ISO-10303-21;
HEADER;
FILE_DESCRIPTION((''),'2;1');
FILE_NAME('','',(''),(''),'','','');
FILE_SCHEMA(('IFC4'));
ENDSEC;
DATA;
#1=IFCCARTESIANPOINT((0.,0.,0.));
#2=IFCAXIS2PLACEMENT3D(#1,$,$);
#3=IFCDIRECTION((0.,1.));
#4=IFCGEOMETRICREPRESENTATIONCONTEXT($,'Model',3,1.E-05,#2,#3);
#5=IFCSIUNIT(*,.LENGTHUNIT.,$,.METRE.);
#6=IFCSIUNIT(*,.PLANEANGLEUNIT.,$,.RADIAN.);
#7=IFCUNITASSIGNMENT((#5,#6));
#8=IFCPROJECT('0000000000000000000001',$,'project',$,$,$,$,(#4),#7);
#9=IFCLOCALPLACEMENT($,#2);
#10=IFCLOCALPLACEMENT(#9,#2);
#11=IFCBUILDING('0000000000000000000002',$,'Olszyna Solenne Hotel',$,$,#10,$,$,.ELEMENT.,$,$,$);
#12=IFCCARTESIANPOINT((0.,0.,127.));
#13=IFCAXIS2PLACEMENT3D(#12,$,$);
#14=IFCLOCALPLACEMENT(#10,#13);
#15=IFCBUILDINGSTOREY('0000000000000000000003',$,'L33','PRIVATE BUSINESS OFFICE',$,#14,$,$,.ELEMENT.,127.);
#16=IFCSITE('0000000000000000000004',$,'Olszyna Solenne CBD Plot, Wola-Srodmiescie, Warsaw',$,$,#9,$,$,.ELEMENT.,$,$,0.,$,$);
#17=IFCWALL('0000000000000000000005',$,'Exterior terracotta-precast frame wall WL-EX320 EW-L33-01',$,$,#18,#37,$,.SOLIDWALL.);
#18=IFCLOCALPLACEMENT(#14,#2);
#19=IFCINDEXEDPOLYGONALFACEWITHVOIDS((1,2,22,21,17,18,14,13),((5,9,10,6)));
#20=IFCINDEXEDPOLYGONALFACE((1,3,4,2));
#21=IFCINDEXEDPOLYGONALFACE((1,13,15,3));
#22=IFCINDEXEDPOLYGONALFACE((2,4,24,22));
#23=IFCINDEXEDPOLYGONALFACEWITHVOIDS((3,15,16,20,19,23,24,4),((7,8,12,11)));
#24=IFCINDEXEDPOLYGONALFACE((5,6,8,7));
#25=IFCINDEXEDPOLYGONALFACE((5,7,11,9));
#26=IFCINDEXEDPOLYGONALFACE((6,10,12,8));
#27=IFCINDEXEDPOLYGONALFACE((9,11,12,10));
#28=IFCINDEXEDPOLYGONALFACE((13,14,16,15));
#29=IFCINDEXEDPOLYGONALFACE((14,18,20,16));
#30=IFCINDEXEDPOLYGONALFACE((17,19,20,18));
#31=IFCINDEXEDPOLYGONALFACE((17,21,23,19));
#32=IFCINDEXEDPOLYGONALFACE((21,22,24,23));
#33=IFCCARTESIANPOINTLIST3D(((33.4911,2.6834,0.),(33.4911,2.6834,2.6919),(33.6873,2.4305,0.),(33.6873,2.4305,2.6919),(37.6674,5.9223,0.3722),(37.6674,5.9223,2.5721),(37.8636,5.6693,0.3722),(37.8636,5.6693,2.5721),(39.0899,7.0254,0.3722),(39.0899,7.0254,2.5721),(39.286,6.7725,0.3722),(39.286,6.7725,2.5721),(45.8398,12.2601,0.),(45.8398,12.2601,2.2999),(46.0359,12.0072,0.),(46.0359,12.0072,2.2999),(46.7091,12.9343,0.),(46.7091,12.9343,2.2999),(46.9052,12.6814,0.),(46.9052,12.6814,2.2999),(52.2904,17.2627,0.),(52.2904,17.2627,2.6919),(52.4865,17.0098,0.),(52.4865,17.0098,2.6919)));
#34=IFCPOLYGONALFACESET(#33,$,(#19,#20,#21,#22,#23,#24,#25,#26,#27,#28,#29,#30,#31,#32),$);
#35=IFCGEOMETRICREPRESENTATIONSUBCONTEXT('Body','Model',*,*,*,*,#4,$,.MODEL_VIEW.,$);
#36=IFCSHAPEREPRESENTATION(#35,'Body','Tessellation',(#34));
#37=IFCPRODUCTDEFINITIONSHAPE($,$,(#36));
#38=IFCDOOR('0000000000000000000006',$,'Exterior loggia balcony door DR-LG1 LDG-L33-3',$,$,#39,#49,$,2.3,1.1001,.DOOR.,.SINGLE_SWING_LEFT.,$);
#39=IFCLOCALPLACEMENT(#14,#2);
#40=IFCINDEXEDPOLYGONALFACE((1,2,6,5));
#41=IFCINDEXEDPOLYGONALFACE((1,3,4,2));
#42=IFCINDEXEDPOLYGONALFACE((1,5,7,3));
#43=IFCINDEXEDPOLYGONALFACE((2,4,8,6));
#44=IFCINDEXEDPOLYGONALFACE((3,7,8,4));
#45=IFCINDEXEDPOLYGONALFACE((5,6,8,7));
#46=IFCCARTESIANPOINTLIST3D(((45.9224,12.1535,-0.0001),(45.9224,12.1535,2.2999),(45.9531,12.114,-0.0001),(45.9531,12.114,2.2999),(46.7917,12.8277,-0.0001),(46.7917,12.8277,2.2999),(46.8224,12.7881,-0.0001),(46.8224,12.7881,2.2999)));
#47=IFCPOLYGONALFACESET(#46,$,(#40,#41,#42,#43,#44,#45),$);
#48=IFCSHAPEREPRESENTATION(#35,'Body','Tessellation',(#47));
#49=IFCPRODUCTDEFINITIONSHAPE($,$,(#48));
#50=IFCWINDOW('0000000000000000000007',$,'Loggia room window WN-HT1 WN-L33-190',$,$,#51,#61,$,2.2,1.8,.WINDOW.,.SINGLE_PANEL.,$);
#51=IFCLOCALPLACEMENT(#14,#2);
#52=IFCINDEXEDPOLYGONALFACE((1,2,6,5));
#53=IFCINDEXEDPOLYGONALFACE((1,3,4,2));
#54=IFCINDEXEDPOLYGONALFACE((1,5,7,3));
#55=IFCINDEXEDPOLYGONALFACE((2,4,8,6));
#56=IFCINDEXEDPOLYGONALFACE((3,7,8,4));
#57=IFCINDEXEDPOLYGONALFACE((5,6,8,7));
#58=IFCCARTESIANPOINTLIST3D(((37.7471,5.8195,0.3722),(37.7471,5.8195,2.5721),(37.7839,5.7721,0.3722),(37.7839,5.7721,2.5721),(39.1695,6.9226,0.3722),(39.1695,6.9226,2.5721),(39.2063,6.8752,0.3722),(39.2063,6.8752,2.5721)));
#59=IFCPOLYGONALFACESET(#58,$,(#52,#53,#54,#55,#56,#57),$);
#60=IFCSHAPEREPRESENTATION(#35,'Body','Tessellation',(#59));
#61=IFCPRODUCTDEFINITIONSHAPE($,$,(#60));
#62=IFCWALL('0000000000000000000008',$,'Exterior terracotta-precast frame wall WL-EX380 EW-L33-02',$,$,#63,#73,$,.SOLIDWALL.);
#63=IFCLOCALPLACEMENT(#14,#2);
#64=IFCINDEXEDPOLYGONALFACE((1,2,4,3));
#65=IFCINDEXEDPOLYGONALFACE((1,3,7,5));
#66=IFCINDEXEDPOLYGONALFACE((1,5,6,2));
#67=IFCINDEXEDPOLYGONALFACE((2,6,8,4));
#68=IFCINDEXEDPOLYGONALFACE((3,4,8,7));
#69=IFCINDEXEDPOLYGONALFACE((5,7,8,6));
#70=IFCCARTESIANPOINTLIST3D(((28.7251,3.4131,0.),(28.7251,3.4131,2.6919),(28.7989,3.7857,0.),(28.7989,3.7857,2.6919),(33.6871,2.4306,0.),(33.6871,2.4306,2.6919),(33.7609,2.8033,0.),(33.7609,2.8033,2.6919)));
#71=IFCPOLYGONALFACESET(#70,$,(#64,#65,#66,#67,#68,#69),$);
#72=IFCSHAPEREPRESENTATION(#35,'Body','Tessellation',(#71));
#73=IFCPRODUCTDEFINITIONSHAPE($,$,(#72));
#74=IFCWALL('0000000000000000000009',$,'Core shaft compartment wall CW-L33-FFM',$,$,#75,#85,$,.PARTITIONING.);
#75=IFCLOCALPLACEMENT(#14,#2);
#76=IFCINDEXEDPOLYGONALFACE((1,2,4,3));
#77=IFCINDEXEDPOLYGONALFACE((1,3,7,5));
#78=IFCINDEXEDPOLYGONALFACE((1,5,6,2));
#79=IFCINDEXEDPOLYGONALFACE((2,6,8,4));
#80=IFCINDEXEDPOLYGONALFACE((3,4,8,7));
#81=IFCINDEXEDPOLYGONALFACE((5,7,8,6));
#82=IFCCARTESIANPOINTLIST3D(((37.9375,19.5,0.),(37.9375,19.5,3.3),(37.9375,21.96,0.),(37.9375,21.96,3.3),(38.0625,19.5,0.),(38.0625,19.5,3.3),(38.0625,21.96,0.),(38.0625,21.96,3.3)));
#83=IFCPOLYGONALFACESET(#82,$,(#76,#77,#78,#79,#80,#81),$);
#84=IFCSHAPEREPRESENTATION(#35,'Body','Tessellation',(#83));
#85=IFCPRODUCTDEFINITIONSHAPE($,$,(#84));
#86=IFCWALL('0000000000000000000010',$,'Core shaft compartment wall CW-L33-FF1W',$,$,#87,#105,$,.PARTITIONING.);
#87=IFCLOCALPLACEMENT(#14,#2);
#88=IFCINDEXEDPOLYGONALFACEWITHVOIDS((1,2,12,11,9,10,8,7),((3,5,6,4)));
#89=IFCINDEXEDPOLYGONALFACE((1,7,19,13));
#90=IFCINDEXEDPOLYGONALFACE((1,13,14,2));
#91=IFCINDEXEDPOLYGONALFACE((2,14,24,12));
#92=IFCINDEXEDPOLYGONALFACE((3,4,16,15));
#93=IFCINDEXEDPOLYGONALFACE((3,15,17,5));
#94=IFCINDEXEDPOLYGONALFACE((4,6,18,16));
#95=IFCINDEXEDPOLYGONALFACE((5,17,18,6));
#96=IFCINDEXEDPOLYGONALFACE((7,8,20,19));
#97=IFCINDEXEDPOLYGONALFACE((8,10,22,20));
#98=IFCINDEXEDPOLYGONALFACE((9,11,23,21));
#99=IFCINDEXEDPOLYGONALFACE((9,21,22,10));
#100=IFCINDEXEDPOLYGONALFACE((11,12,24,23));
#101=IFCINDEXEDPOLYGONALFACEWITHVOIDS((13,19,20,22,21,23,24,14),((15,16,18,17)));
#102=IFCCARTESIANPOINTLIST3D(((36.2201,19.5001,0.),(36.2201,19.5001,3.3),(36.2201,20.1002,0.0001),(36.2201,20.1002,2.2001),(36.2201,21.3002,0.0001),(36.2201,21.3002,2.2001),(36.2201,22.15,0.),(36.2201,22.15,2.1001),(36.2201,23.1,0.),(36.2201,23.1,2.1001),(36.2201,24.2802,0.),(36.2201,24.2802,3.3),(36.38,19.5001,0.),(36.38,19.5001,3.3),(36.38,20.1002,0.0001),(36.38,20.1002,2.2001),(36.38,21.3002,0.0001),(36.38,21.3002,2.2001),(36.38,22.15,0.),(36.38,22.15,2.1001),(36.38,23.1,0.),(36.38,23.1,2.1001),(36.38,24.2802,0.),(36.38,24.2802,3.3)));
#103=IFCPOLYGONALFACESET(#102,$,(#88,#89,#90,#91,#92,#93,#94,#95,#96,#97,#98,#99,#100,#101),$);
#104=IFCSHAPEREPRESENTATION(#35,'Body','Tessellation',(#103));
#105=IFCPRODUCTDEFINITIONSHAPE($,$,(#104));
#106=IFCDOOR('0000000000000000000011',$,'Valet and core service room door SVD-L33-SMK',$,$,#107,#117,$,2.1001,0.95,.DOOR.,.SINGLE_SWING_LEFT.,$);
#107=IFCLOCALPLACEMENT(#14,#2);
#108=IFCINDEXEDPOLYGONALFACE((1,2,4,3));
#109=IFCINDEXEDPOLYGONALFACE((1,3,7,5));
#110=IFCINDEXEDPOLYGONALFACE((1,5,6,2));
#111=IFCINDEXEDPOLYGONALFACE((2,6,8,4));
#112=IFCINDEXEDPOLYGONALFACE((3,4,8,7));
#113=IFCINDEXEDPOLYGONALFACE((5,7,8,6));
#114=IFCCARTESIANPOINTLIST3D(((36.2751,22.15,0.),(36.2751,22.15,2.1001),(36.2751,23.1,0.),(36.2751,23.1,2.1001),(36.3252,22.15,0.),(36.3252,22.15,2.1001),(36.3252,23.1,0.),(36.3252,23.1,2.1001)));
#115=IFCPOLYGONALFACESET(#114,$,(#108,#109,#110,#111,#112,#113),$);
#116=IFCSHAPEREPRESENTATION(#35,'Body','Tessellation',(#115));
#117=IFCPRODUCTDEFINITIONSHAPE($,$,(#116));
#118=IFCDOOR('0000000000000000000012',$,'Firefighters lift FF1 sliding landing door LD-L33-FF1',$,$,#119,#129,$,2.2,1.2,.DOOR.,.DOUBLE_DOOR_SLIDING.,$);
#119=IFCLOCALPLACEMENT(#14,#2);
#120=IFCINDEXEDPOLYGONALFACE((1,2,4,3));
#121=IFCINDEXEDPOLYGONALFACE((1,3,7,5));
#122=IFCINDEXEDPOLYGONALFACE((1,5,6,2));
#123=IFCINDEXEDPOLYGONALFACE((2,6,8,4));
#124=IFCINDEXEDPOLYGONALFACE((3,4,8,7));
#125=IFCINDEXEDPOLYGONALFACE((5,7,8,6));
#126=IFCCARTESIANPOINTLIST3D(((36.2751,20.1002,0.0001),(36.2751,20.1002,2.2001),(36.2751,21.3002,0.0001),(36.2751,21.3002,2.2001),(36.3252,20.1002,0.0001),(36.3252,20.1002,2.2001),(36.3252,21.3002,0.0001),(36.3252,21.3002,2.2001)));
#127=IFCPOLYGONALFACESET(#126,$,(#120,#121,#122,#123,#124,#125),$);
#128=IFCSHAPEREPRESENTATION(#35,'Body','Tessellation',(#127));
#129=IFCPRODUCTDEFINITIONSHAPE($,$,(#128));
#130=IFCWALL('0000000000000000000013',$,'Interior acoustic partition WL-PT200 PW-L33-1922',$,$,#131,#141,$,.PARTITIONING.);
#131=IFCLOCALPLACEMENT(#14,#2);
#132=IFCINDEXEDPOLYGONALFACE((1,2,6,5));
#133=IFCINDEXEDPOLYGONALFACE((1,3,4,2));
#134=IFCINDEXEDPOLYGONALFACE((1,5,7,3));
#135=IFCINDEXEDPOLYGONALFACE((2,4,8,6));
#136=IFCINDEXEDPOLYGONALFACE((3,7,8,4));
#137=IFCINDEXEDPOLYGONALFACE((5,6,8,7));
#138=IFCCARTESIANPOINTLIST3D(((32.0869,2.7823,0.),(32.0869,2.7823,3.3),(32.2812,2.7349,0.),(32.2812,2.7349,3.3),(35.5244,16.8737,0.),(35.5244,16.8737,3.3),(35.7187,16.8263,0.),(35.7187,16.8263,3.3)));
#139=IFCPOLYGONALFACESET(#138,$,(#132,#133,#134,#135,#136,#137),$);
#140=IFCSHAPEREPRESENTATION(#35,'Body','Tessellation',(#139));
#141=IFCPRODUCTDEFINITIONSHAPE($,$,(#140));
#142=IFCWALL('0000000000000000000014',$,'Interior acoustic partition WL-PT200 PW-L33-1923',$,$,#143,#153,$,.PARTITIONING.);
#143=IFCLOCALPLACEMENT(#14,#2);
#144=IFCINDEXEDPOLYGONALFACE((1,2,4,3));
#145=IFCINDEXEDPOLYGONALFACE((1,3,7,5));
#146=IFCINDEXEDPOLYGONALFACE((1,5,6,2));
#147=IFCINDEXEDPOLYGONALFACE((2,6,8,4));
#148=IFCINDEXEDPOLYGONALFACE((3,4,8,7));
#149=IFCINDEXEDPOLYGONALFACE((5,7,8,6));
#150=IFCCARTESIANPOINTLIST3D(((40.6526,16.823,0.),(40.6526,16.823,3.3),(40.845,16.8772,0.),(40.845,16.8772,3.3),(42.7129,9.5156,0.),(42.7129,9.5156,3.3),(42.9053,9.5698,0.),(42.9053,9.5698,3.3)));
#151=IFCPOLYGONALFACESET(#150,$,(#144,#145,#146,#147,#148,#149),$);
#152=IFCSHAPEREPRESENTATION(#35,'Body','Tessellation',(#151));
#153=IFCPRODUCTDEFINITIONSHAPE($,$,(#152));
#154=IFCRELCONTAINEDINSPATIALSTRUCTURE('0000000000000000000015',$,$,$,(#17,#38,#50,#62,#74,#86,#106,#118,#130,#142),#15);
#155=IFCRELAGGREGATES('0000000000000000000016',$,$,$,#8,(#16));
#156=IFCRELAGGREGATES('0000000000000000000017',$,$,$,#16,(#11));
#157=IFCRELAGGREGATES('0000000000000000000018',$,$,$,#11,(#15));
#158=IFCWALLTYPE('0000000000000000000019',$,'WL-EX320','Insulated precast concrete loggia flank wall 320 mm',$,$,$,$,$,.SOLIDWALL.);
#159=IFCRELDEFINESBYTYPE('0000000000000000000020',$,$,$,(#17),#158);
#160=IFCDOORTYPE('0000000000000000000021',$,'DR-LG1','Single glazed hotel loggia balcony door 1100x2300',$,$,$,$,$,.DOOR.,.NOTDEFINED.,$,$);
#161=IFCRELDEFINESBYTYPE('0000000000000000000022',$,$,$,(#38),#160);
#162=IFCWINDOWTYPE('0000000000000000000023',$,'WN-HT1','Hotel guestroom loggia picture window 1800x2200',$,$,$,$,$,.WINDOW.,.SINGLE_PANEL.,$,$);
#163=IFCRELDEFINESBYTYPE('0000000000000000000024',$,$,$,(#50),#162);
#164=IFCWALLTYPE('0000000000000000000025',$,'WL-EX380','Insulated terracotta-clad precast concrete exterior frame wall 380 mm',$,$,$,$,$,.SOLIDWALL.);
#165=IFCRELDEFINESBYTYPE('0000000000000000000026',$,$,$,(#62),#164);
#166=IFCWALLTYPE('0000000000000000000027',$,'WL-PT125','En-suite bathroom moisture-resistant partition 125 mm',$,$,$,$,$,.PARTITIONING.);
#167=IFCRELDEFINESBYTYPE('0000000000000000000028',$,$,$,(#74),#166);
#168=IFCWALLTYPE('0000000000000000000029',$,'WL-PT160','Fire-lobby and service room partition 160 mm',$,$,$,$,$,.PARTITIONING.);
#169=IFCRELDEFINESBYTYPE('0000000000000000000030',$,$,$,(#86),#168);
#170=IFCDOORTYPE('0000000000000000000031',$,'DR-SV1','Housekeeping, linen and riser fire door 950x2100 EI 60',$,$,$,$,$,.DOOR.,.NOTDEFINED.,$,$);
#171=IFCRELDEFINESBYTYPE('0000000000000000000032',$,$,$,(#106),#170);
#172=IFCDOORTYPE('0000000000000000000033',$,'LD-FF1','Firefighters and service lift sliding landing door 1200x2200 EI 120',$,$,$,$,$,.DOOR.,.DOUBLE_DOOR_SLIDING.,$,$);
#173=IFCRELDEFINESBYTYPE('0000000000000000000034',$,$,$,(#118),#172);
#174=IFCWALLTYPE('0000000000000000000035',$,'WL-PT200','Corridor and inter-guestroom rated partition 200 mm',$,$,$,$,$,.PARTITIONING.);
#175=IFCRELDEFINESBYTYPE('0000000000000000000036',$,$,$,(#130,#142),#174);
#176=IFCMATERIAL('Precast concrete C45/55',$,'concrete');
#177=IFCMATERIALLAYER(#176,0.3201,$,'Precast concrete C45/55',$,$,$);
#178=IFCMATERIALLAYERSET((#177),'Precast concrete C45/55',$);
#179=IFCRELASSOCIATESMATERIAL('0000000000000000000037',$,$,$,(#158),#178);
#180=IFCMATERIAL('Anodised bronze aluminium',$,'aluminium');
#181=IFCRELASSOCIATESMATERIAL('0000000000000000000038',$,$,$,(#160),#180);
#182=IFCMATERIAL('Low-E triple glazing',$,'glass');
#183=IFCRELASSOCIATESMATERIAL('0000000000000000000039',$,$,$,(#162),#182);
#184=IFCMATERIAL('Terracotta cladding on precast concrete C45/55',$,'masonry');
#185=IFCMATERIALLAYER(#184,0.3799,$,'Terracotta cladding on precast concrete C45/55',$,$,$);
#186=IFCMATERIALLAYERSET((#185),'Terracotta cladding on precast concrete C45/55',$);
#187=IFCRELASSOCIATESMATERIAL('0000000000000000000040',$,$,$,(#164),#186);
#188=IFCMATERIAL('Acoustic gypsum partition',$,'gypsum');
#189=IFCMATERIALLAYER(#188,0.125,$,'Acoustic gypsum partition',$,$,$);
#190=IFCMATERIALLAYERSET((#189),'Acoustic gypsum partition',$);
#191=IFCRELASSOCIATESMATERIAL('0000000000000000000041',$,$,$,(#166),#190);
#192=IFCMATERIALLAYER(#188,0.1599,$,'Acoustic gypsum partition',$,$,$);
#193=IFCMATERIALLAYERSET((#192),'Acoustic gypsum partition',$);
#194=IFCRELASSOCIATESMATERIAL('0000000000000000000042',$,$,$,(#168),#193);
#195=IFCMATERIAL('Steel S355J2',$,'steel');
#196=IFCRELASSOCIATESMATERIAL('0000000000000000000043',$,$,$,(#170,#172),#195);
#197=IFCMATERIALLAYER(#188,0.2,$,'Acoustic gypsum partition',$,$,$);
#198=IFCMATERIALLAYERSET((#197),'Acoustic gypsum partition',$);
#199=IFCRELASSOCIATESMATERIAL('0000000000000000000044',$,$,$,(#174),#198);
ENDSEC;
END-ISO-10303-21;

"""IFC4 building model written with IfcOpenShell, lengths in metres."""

from ifc_helpers import new_model, si_unit, direction, frame, frame_2d, origin, place, context, subcontext, project, spatial, rectangle, extrude, source, transform, mapped, material, layer, layer_set, type_object, type_shapes, element, fill, save


model = new_model("IFC4")

# Units and contexts
model_context = context("Model", 3, precision=1e-05, world=origin(), true_north=direction((0.0, 1.0)))
body_context = subcontext(model_context, "Body", "Model", "MODEL_VIEW")
ifc_project = project(units=[si_unit("LENGTHUNIT", "METRE"), si_unit("PLANEANGLEUNIT", "RADIAN")], contexts=[model_context])

# Site, building, storey
site_placement = place(None, origin())
site = spatial("IfcSite", under=ifc_project, at=site_placement, Name="Olszyna Solenne CBD Plot, Wola-Srodmiescie, Warsaw", CompositionType="ELEMENT", RefElevation=0.0)
building_placement = place(site_placement, origin())
building = spatial("IfcBuilding", under=site, at=building_placement, Name="Olszyna Solenne Hotel", CompositionType="ELEMENT")
storey_placement = place(building_placement, frame((0.0, 0.0, 127.0)))
storey = spatial("IfcBuildingStorey", under=building, at=storey_placement, Name="L33", Description="PRIVATE BUSINESS OFFICE", CompositionType="ELEMENT", Elevation=127.0)

# Shared definitions
ifc_material_1 = material(Name="Steel S355J2", Category="steel")

# Wall, openings, door, window
ifc_material_2 = material(Name="Precast concrete C45/55", Category="concrete")
ifc_layer_1 = layer(ifc_material_2, 0.3201, Name="Precast concrete C45/55")
ifc_layer_set_1 = layer_set([ifc_layer_1], Name="Precast concrete C45/55")
wall_type_1 = type_object("IfcWallType", Name="WL-EX320", Description="Insulated precast concrete loggia flank wall 320 mm", PredefinedType="SOLIDWALL", material=ifc_layer_set_1)
wall_1_placement = place(storey_placement, frame((52.3884, 17.1362, 0.0), z_axis=(0.0, 0.0, 1.0), x_axis=(-0.790214, -0.612831, 0.0)))
wall_1 = element("IfcWall", 1, at=wall_1_placement, inside=storey, type_object=wall_type_1, Name="Exterior terracotta-precast frame wall WL-EX320 EW-L33-01", PredefinedType="SOLIDWALL", context=body_context, shape_type="SweptSolid", body=[
    extrude(rectangle(XDim=23.79, YDim=0.3201, at=frame_2d((11.895, 0.0))), origin(), (0.0, 0.0, 1.0), 2.6919),
])
opening_1_placement = place(wall_1_placement, frame((7.063, 0.0, 0.0)))
opening_1 = element("IfcOpeningElement", 2, at=opening_1_placement, cuts=wall_1, PredefinedType="OPENING", context=body_context, shape_type="SweptSolid", body=[
    extrude(rectangle(XDim=1.1001, YDim=2.3, at=frame_2d((0.55, 1.1499))), frame((0.0, 0.1699, 0.0), z_axis=(0.0, -1.0, 0.0), x_axis=(1.0, 0.0, 0.0)), (0.0, 0.0, 1.0), 0.3401),
])
opening_2_placement = place(wall_1_placement, frame((16.7051, 0.0, 0.3721)))
opening_2 = element("IfcOpeningElement", 3, at=opening_2_placement, cuts=wall_1, PredefinedType="OPENING", context=body_context, shape_type="SweptSolid", body=[
    extrude(rectangle(XDim=1.8, YDim=2.2, at=frame_2d((0.8999, 1.1001))), frame((0.0, 0.1699, 0.0), z_axis=(0.0, -1.0, 0.0), x_axis=(1.0, 0.0, 0.0)), (0.0, 0.0, 1.0), 0.3401),
])
ifc_material_3 = material(Name="Anodised bronze aluminium", Category="aluminium")
door_type_1 = type_object("IfcDoorType", Name="DR-LG1", Description="Single glazed hotel loggia balcony door 1100x2300", OperationType="NOTDEFINED", PredefinedType="DOOR", material=ifc_material_3)
shared_shape_1 = source(origin(), body_context, "Body", "SweptSolid", [
    extrude(rectangle(XDim=1.1001, YDim=2.3, at=frame_2d((0.55, 1.1499))), frame((0.0, 0.0249, 0.0), z_axis=(0.0, -1.0, 0.0), x_axis=(1.0, 0.0, 0.0)), (0.0, 0.0, 1.0), 0.05),
])
type_shapes(door_type_1, [shared_shape_1])
door_1_placement = place(opening_1_placement, origin())
door_1 = element("IfcDoor", 4, at=door_1_placement, inside=storey, type_object=door_type_1, Name="Exterior loggia balcony door DR-LG1 LDG-L33-3", OperationType="SINGLE_SWING_LEFT", OverallHeight=2.3, OverallWidth=1.1001, PredefinedType="DOOR", context=body_context, shape_type="MappedRepresentation", body=[
    mapped(shared_shape_1, transform((0.0, 0.0, 0.0), x_axis=(1.0, 0.0, 0.0), y_axis=(0.0, 1.0, 0.0), z_axis=(0.0, 0.0, 1.0), scale=1.0)),
])
fill(opening_1, door_1)
ifc_material_4 = material(Name="Low-E triple glazing", Category="glass")
window_type = type_object("IfcWindowType", Name="WN-HT1", Description="Hotel guestroom loggia picture window 1800x2200", PartitioningType="SINGLE_PANEL", PredefinedType="WINDOW", material=ifc_material_4)
shared_shape_2 = source(origin(), body_context, "Body", "SweptSolid", [
    extrude(rectangle(XDim=1.8, YDim=2.2, at=frame_2d((0.8999, 1.1001))), frame((0.0, 0.03, 0.0), z_axis=(0.0, -1.0, 0.0), x_axis=(1.0, 0.0, 0.0)), (0.0, 0.0, 1.0), 0.0601),
])
type_shapes(window_type, [shared_shape_2])
window_placement = place(opening_2_placement, origin())
window = element("IfcWindow", 5, at=window_placement, inside=storey, type_object=window_type, Name="Loggia room window WN-HT1 WN-L33-190", OverallHeight=2.2, OverallWidth=1.8, PartitioningType="SINGLE_PANEL", PredefinedType="WINDOW", context=body_context, shape_type="MappedRepresentation", body=[
    mapped(shared_shape_2, transform((0.0, 0.0, 0.0), x_axis=(1.0, 0.0, 0.0), y_axis=(0.0, 1.0, 0.0), z_axis=(0.0, 0.0, 1.0), scale=1.0)),
])
fill(opening_2, window)

# Walls
ifc_material_5 = material(Name="Terracotta cladding on precast concrete C45/55", Category="masonry")
ifc_layer_2 = layer(ifc_material_5, 0.3799, Name="Terracotta cladding on precast concrete C45/55")
ifc_layer_set_2 = layer_set([ifc_layer_2], Name="Terracotta cladding on precast concrete C45/55")
wall_type_2 = type_object("IfcWallType", Name="WL-EX380", Description="Insulated terracotta-clad precast concrete exterior frame wall 380 mm", PredefinedType="SOLIDWALL", material=ifc_layer_set_2)
wall_2_placement = place(storey_placement, frame((33.7241, 2.6169, 0.0), z_axis=(0.0, 0.0, 1.0), x_axis=(-0.980958, 0.194222, 0.0)))
element("IfcWall", 6, at=wall_2_placement, inside=storey, type_object=wall_type_2, Name="Exterior terracotta-precast frame wall WL-EX380 EW-L33-02", PredefinedType="SOLIDWALL", context=body_context, shape_type="SweptSolid", body=[
    extrude(rectangle(XDim=5.0583, YDim=0.3799, at=frame_2d((2.5293, 0.0))), origin(), (0.0, 0.0, 1.0), 2.6919),
])
ifc_material_6 = material(Name="Acoustic gypsum partition", Category="gypsum")
ifc_layer_3 = layer(ifc_material_6, 0.125, Name="Acoustic gypsum partition")
ifc_layer_set_3 = layer_set([ifc_layer_3], Name="Acoustic gypsum partition")
wall_type_3 = type_object("IfcWallType", Name="WL-PT125", Description="En-suite bathroom moisture-resistant partition 125 mm", PredefinedType="PARTITIONING", material=ifc_layer_set_3)
wall_3_placement = place(storey_placement, frame((38.0, 19.5, 0.0), z_axis=(0.0, 0.0, 1.0), x_axis=(0.0, 1.0, 0.0)))
element("IfcWall", 7, at=wall_3_placement, inside=storey, type_object=wall_type_3, Name="Core shaft compartment wall CW-L33-FFM", PredefinedType="PARTITIONING", context=body_context, shape_type="SweptSolid", body=[
    extrude(rectangle(XDim=2.46, YDim=0.125, at=frame_2d((1.23, 0.0))), origin(), (0.0, 0.0, 1.0), 3.3),
])

# Wall, openings, doors
ifc_layer_4 = layer(ifc_material_6, 0.1599, Name="Acoustic gypsum partition")
ifc_layer_set_4 = layer_set([ifc_layer_4], Name="Acoustic gypsum partition")
wall_type_4 = type_object("IfcWallType", Name="WL-PT160", Description="Fire-lobby and service room partition 160 mm", PredefinedType="PARTITIONING", material=ifc_layer_set_4)
wall_4_placement = place(storey_placement, frame((36.3, 19.5, 0.0), z_axis=(0.0, 0.0, 1.0), x_axis=(0.0, 1.0, 0.0)))
wall_4 = element("IfcWall", 8, at=wall_4_placement, inside=storey, type_object=wall_type_4, Name="Core shaft compartment wall CW-L33-FF1W", PredefinedType="PARTITIONING", context=body_context, shape_type="SweptSolid", body=[
    extrude(rectangle(XDim=4.78, YDim=0.1599, at=frame_2d((2.3901, 0.0))), origin(), (0.0, 0.0, 1.0), 3.3),
])
opening_3_placement = place(wall_4_placement, frame((0.6001, 0.0, 0.0)))
opening_3 = element("IfcOpeningElement", 9, at=opening_3_placement, cuts=wall_4, PredefinedType="OPENING", context=body_context, shape_type="SweptSolid", body=[
    extrude(rectangle(XDim=1.2, YDim=2.2, at=frame_2d((0.6001, 1.1001))), frame((0.0, 0.0898, 0.0), z_axis=(0.0, -1.0, 0.0), x_axis=(1.0, 0.0, 0.0)), (0.0, 0.0, 1.0), 0.1799),
])
opening_4_placement = place(wall_4_placement, frame((2.6499, 0.0, 0.0)))
opening_4 = element("IfcOpeningElement", 10, at=opening_4_placement, cuts=wall_4, PredefinedType="OPENING", context=body_context, shape_type="SweptSolid", body=[
    extrude(rectangle(XDim=0.95, YDim=2.1001, at=frame_2d((0.4751, 1.05))), frame((0.0, 0.0898, 0.0), z_axis=(0.0, -1.0, 0.0), x_axis=(1.0, 0.0, 0.0)), (0.0, 0.0, 1.0), 0.1799),
])
door_type_2 = type_object("IfcDoorType", Name="DR-SV1", Description="Housekeeping, linen and riser fire door 950x2100 EI 60", OperationType="NOTDEFINED", PredefinedType="DOOR", material=ifc_material_1)
shared_shape_3 = source(origin(), body_context, "Body", "SweptSolid", [
    extrude(rectangle(XDim=0.95, YDim=2.1001, at=frame_2d((0.4751, 1.05))), frame((0.0, 0.0249, 0.0), z_axis=(0.0, -1.0, 0.0), x_axis=(1.0, 0.0, 0.0)), (0.0, 0.0, 1.0), 0.05),
])
type_shapes(door_type_2, [shared_shape_3])
door_2_placement = place(opening_4_placement, origin())
door_2 = element("IfcDoor", 11, at=door_2_placement, inside=storey, type_object=door_type_2, Name="Valet and core service room door SVD-L33-SMK", OperationType="SINGLE_SWING_LEFT", OverallHeight=2.1001, OverallWidth=0.95, PredefinedType="DOOR", context=body_context, shape_type="MappedRepresentation", body=[
    mapped(shared_shape_3, transform((0.0, 0.0, 0.0), x_axis=(1.0, 0.0, 0.0), y_axis=(0.0, 1.0, 0.0), z_axis=(0.0, 0.0, 1.0), scale=1.0)),
])
fill(opening_4, door_2)
door_type_3 = type_object("IfcDoorType", Name="LD-FF1", Description="Firefighters and service lift sliding landing door 1200x2200 EI 120", OperationType="DOUBLE_DOOR_SLIDING", PredefinedType="DOOR", material=ifc_material_1)
shared_shape_4 = source(origin(), body_context, "Body", "SweptSolid", [
    extrude(rectangle(XDim=1.2, YDim=2.2, at=frame_2d((0.6001, 1.1001))), frame((0.0, 0.0249, 0.0), z_axis=(0.0, -1.0, 0.0), x_axis=(1.0, 0.0, 0.0)), (0.0, 0.0, 1.0), 0.05),
])
type_shapes(door_type_3, [shared_shape_4])
door_3_placement = place(opening_3_placement, origin())
door_3 = element("IfcDoor", 12, at=door_3_placement, inside=storey, type_object=door_type_3, Name="Firefighters lift FF1 sliding landing door LD-L33-FF1", OperationType="DOUBLE_DOOR_SLIDING", OverallHeight=2.2, OverallWidth=1.2, PredefinedType="DOOR", context=body_context, shape_type="MappedRepresentation", body=[
    mapped(shared_shape_4, transform((0.0, 0.0, 0.0), x_axis=(1.0, 0.0, 0.0), y_axis=(0.0, 1.0, 0.0), z_axis=(0.0, 0.0, 1.0), scale=1.0)),
])
fill(opening_3, door_3)

# Walls
ifc_layer_5 = layer(ifc_material_6, 0.2, Name="Acoustic gypsum partition")
ifc_layer_set_5 = layer_set([ifc_layer_5], Name="Acoustic gypsum partition")
wall_type_5 = type_object("IfcWallType", Name="WL-PT200", Description="Corridor and inter-guestroom rated partition 200 mm", PredefinedType="PARTITIONING", material=ifc_layer_set_5)
wall_5_placement = place(storey_placement, frame((35.6216, 16.8501, 0.0), z_axis=(0.0, 0.0, 1.0), x_axis=(-0.236995, -0.971511, 0.0)))
element("IfcWall", 13, at=wall_5_placement, inside=storey, type_object=wall_type_5, Name="Interior acoustic partition WL-PT200 PW-L33-1922", PredefinedType="PARTITIONING", context=body_context, shape_type="SweptSolid", body=[
    extrude(rectangle(XDim=14.5046, YDim=0.2, at=frame_2d((7.2524, 0.0))), origin(), (0.0, 0.0, 1.0), 3.3),
])
wall_6_placement = place(storey_placement, frame((40.7488, 16.8501, 0.0), z_axis=(0.0, 0.0, 1.0), x_axis=(0.271369, -0.962476, 0.0)))
element("IfcWall", 14, at=wall_6_placement, inside=storey, type_object=wall_type_5, Name="Interior acoustic partition WL-PT200 PW-L33-1923", PredefinedType="PARTITIONING", context=body_context, shape_type="SweptSolid", body=[
    extrude(rectangle(XDim=7.5923, YDim=0.2, at=frame_2d((3.7961, 0.0))), origin(), (0.0, 0.0, 1.0), 3.3),
])

save(model, "model.ifc")
